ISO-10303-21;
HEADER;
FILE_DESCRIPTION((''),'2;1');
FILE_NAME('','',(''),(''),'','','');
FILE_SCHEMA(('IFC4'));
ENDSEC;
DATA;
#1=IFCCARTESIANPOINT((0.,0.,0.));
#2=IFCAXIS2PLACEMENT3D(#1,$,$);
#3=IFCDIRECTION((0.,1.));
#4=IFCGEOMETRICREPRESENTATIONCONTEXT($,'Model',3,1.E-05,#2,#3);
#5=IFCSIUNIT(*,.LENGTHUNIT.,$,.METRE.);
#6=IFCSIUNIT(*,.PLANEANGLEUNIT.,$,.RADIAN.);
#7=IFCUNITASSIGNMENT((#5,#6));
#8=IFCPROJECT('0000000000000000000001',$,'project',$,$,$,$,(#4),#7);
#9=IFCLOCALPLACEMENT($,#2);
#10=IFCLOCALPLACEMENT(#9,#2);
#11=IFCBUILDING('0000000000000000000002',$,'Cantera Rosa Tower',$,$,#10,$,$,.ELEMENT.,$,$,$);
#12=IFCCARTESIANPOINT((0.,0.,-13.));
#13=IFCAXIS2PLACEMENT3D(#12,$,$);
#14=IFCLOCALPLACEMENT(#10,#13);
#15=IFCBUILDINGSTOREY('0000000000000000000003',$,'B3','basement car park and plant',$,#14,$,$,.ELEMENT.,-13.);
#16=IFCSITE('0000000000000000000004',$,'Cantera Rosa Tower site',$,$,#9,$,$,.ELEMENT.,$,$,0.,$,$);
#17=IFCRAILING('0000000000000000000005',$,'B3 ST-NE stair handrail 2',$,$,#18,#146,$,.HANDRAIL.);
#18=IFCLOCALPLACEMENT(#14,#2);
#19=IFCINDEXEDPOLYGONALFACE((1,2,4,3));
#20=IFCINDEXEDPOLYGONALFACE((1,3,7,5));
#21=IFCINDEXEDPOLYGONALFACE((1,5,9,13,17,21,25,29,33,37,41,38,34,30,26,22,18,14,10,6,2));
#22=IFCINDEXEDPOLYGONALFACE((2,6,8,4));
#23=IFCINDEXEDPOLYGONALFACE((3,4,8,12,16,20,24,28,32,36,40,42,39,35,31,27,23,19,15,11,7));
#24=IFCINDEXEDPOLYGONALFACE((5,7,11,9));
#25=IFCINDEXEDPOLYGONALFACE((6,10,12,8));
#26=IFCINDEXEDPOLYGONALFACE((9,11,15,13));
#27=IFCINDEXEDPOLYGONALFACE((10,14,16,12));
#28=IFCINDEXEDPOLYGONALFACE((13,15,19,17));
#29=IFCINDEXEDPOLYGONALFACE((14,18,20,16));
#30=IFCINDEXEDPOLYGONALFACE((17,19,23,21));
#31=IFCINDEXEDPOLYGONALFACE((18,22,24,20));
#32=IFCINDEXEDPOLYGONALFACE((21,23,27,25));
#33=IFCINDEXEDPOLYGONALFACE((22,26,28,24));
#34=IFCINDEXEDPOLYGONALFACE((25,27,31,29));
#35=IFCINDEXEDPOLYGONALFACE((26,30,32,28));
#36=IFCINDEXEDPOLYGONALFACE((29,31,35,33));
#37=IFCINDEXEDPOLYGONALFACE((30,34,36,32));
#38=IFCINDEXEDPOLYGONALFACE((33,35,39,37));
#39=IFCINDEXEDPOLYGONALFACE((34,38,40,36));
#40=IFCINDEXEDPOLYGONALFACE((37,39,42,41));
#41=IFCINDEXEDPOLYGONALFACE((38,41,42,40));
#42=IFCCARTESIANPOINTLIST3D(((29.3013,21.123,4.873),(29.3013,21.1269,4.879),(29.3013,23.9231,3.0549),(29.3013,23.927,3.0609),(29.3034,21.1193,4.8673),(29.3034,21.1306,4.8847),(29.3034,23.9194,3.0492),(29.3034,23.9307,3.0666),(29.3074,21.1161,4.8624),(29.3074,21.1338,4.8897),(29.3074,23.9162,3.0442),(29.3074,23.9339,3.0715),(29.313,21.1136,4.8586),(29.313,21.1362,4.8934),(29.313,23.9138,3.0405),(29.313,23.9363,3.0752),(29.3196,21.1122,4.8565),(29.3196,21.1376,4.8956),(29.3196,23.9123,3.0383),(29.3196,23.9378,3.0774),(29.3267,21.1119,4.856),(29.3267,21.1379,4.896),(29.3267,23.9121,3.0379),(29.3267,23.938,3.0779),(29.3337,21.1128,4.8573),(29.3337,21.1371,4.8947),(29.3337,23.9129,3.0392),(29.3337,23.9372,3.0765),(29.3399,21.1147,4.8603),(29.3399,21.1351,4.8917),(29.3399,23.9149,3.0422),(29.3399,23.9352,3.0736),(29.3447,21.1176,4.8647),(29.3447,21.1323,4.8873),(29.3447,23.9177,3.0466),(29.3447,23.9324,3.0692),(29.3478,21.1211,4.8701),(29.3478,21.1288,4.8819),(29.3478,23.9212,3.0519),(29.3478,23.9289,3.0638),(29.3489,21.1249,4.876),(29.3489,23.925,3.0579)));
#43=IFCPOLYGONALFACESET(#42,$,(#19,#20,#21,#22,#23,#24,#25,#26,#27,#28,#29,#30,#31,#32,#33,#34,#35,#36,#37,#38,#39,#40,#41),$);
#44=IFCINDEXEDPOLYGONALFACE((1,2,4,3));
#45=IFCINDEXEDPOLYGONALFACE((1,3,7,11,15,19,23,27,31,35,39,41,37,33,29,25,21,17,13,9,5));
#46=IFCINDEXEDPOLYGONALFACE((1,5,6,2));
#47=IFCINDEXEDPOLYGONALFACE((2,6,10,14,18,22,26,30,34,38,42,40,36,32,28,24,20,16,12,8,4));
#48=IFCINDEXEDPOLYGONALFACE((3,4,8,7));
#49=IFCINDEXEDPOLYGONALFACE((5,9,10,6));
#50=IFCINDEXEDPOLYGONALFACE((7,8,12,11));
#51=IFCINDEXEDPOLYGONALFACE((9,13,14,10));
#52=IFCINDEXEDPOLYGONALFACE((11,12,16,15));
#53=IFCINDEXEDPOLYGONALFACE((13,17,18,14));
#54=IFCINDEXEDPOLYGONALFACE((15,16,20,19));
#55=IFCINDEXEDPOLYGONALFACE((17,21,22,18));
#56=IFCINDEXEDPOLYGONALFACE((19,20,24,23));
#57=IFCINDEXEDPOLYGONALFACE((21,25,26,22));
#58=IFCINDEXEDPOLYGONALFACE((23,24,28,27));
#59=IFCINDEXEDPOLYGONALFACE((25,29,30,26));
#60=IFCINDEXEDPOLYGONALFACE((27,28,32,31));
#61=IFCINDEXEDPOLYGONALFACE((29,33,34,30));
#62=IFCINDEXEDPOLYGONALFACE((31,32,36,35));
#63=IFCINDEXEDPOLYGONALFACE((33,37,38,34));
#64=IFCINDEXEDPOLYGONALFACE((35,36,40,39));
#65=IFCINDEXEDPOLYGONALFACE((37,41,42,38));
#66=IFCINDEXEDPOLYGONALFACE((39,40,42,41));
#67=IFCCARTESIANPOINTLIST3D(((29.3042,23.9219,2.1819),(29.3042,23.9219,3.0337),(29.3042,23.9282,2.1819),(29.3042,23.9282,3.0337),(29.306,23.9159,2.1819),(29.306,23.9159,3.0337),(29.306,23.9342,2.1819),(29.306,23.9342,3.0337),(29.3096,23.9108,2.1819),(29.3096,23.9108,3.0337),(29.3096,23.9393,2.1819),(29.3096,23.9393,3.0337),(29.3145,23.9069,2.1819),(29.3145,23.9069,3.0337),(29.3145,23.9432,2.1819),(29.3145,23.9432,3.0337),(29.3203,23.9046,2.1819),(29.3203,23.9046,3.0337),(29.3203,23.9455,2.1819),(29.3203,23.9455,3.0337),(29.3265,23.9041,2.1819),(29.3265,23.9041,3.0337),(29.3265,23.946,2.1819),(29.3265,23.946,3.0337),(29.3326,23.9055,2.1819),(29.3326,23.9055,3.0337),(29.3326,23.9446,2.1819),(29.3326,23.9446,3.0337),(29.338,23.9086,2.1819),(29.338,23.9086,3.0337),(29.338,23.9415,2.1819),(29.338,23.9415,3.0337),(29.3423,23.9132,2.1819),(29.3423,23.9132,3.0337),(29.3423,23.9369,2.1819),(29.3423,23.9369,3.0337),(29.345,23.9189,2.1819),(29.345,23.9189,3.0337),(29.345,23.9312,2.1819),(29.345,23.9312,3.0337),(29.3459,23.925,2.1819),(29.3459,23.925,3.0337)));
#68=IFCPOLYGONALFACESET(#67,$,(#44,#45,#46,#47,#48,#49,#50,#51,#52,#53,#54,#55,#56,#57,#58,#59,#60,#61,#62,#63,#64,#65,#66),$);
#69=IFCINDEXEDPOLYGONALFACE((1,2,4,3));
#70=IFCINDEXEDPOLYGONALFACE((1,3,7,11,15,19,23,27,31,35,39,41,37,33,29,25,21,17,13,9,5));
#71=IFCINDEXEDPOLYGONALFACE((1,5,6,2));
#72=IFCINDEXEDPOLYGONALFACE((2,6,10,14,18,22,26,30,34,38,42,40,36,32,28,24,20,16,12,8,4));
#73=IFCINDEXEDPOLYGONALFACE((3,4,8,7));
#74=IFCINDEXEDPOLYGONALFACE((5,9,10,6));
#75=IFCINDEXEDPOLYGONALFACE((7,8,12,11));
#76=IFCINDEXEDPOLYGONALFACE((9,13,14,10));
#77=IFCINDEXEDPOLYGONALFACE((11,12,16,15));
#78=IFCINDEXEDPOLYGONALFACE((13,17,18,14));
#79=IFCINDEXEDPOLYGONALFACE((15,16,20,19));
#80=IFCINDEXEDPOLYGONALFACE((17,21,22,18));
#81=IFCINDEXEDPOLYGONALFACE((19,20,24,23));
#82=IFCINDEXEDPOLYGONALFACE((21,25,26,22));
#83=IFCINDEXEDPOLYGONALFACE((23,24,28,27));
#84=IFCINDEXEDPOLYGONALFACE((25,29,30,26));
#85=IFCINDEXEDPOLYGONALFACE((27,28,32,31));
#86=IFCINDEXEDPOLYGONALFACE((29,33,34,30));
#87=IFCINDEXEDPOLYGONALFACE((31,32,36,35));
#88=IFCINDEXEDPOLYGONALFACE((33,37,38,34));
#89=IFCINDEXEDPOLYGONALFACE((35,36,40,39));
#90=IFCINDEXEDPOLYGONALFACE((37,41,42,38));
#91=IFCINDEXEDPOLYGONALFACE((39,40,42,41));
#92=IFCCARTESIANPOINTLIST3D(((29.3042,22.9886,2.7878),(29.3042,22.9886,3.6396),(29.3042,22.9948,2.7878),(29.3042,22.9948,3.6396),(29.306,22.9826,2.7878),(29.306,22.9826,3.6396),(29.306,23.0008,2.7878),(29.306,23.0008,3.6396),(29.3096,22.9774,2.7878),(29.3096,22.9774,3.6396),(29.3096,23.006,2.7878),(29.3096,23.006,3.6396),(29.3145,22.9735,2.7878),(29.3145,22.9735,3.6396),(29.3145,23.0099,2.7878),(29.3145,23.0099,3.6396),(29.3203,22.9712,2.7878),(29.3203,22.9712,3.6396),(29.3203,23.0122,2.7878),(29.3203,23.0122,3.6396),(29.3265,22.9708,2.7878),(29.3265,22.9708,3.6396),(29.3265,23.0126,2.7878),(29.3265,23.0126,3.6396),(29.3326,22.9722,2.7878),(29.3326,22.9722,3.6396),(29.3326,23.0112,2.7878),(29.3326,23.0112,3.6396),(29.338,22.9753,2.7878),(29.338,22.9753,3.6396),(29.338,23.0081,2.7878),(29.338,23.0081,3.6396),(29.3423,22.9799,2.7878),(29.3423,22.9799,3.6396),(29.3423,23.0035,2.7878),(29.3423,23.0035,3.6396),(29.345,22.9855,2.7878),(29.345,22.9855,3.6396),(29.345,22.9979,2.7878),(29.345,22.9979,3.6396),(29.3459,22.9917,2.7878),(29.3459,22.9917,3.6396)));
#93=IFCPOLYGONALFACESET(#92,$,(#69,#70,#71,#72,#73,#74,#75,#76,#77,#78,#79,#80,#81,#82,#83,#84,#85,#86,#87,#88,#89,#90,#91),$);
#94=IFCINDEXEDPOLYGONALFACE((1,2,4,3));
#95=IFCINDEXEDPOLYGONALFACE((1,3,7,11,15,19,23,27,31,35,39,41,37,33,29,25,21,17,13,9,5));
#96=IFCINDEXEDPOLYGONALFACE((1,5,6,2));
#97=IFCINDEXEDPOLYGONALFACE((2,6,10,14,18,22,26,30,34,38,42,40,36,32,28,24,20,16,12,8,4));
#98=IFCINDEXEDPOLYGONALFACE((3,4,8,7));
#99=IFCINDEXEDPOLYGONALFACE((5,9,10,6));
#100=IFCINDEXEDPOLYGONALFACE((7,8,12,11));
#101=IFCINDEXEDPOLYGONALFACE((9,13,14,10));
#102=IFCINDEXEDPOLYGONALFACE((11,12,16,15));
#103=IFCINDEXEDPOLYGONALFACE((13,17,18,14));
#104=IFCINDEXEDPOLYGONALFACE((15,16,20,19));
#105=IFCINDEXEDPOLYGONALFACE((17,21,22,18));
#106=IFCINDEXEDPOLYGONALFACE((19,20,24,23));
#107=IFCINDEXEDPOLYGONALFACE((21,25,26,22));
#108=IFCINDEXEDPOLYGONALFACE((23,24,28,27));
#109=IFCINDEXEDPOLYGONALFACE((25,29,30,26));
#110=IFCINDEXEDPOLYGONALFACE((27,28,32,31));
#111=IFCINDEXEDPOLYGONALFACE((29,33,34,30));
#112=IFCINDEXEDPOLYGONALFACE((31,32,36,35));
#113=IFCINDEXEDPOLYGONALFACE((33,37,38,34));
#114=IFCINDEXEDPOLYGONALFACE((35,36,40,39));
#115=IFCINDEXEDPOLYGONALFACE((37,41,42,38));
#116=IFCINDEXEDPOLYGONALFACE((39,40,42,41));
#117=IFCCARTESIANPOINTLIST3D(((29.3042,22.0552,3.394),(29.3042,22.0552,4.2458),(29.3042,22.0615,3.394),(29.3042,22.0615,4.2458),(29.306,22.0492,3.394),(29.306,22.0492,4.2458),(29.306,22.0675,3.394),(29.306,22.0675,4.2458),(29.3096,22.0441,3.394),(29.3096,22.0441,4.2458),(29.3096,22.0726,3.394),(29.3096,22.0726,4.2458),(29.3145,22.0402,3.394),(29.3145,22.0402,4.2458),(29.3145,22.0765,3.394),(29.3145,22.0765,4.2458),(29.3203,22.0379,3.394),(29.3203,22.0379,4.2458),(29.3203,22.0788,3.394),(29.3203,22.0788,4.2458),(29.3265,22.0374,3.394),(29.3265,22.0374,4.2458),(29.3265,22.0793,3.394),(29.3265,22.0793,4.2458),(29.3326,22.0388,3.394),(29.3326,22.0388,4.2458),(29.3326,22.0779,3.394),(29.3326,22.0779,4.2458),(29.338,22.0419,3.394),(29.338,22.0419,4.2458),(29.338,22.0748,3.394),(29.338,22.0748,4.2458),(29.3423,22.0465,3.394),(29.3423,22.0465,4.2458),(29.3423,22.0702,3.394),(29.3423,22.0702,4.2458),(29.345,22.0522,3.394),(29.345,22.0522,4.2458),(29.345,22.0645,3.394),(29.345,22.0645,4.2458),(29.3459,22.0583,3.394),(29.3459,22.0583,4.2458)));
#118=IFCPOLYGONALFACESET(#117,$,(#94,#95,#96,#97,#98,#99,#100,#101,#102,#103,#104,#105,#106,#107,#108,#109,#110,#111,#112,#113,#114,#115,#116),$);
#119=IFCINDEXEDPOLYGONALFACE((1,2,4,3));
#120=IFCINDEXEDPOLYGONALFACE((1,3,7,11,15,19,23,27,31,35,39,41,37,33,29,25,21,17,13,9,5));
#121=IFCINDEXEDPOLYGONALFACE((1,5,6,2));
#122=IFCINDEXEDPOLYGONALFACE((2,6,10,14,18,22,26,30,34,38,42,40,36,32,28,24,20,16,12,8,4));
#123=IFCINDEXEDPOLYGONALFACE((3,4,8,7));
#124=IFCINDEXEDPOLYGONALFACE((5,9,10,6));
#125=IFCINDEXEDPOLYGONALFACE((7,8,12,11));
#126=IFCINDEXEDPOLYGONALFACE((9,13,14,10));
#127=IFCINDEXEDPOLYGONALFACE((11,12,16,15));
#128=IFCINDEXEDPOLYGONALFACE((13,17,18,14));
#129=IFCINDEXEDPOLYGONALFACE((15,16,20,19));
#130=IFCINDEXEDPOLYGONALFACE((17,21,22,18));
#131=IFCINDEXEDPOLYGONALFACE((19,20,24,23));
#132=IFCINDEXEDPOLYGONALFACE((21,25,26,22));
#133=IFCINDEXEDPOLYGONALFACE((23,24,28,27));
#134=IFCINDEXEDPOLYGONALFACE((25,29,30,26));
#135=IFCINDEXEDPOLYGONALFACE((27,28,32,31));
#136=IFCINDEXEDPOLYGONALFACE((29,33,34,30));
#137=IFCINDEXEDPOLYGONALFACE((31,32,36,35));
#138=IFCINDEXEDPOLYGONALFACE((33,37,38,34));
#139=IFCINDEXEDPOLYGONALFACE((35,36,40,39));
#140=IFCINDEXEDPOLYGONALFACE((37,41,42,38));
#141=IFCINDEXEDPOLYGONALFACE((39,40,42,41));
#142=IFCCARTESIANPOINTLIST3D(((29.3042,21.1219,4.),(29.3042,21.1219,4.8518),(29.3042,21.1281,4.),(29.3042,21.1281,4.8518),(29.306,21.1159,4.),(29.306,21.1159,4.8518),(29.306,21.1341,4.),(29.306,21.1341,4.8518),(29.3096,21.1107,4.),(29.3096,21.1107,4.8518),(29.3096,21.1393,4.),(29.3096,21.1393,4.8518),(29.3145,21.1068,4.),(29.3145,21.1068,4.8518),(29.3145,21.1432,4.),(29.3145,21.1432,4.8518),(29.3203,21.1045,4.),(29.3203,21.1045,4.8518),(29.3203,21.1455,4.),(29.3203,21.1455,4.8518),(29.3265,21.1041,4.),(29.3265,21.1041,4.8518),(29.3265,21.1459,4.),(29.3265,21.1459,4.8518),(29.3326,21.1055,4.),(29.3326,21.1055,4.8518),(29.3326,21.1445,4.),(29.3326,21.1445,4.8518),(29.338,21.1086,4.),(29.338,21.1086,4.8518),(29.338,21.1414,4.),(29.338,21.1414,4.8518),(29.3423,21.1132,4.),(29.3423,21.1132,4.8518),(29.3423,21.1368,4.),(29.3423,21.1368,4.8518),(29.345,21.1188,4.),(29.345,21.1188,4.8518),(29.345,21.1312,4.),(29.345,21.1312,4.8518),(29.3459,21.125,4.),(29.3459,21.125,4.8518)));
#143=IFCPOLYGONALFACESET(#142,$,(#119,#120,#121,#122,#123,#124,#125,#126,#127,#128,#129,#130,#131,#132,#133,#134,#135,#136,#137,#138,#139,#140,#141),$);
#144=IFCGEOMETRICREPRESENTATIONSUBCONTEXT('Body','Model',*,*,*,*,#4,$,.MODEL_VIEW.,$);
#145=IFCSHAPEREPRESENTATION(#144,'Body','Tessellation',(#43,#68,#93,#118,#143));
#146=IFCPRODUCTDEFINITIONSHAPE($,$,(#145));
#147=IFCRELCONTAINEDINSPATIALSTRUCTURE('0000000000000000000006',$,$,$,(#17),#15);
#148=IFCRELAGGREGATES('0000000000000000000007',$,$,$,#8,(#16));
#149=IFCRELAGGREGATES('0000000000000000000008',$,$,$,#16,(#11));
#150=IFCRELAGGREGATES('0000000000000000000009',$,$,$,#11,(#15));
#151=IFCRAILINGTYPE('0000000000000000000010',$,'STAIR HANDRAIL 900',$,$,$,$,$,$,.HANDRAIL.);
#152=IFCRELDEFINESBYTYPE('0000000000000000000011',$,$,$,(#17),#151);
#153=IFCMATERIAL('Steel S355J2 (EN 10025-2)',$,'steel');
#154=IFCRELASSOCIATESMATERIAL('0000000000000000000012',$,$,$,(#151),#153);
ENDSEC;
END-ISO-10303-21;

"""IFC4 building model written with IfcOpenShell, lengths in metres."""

from ifc_helpers import new_model, si_unit, direction, frame, origin, origin_2d, place, context, subcontext, project, spatial, circle, extrude, material, type_object, element, save


model = new_model("IFC4")

# Units and contexts
model_context = context("Model", 3, precision=1e-05, world=origin(), true_north=direction((0.0, 1.0)))
body_context = subcontext(model_context, "Body", "Model", "MODEL_VIEW")
ifc_project = project(units=[si_unit("LENGTHUNIT", "METRE"), si_unit("PLANEANGLEUNIT", "RADIAN")], contexts=[model_context])

# Site, building, storey
site_placement = place(None, origin())
site = spatial("IfcSite", under=ifc_project, at=site_placement, Name="Cantera Rosa Tower site", CompositionType="ELEMENT", RefElevation=0.0)
building_placement = place(site_placement, origin())
building = spatial("IfcBuilding", under=site, at=building_placement, Name="Cantera Rosa Tower", CompositionType="ELEMENT")
storey_placement = place(building_placement, frame((0.0, 0.0, -13.0)))
storey = spatial("IfcBuildingStorey", under=building, at=storey_placement, Name="B3", Description="basement car park and plant", CompositionType="ELEMENT", Elevation=-13.0)

# Railing
ifc_material_1 = material(Name="Steel S355J2 (EN 10025-2)", Category="steel")
railing_type_1 = type_object("IfcRailingType", Name="STAIR HANDRAIL 900", PredefinedType="HANDRAIL", material=ifc_material_1)
railing_1_placement = place(storey_placement, frame((29.325, 23.925, 2.1819)))
element("IfcRailing", 1, at=railing_1_placement, inside=storey, type_object=railing_type_1, Name="B3 ST-NE stair handrail 2", PredefinedType="HANDRAIL", context=body_context, shape_type="SweptSolid", body=[
    extrude(circle(Radius=0.0239, at=origin_2d()), frame((0.0, 0.0, 0.876), z_axis=(0.0, -0.838706, 0.544585), x_axis=(1.0, 0.0, 0.0)), (0.0, 0.0, 1.0), 3.3386),
    extrude(circle(Radius=0.021, at=origin_2d()), origin(), (0.0, 0.0, 1.0), 0.8518),
    extrude(circle(Radius=0.021, at=origin_2d()), frame((0.0, -0.9333, 0.606)), (0.0, 0.0, 1.0), 0.8518),
    extrude(circle(Radius=0.021, at=origin_2d()), frame((0.0, -1.8667, 1.2122)), (0.0, 0.0, 1.0), 0.8518),
    extrude(circle(Radius=0.021, at=origin_2d()), frame((0.0, -2.8, 1.8181)), (0.0, 0.0, 1.0), 0.8518),
])

save(model, "model.ifc")
